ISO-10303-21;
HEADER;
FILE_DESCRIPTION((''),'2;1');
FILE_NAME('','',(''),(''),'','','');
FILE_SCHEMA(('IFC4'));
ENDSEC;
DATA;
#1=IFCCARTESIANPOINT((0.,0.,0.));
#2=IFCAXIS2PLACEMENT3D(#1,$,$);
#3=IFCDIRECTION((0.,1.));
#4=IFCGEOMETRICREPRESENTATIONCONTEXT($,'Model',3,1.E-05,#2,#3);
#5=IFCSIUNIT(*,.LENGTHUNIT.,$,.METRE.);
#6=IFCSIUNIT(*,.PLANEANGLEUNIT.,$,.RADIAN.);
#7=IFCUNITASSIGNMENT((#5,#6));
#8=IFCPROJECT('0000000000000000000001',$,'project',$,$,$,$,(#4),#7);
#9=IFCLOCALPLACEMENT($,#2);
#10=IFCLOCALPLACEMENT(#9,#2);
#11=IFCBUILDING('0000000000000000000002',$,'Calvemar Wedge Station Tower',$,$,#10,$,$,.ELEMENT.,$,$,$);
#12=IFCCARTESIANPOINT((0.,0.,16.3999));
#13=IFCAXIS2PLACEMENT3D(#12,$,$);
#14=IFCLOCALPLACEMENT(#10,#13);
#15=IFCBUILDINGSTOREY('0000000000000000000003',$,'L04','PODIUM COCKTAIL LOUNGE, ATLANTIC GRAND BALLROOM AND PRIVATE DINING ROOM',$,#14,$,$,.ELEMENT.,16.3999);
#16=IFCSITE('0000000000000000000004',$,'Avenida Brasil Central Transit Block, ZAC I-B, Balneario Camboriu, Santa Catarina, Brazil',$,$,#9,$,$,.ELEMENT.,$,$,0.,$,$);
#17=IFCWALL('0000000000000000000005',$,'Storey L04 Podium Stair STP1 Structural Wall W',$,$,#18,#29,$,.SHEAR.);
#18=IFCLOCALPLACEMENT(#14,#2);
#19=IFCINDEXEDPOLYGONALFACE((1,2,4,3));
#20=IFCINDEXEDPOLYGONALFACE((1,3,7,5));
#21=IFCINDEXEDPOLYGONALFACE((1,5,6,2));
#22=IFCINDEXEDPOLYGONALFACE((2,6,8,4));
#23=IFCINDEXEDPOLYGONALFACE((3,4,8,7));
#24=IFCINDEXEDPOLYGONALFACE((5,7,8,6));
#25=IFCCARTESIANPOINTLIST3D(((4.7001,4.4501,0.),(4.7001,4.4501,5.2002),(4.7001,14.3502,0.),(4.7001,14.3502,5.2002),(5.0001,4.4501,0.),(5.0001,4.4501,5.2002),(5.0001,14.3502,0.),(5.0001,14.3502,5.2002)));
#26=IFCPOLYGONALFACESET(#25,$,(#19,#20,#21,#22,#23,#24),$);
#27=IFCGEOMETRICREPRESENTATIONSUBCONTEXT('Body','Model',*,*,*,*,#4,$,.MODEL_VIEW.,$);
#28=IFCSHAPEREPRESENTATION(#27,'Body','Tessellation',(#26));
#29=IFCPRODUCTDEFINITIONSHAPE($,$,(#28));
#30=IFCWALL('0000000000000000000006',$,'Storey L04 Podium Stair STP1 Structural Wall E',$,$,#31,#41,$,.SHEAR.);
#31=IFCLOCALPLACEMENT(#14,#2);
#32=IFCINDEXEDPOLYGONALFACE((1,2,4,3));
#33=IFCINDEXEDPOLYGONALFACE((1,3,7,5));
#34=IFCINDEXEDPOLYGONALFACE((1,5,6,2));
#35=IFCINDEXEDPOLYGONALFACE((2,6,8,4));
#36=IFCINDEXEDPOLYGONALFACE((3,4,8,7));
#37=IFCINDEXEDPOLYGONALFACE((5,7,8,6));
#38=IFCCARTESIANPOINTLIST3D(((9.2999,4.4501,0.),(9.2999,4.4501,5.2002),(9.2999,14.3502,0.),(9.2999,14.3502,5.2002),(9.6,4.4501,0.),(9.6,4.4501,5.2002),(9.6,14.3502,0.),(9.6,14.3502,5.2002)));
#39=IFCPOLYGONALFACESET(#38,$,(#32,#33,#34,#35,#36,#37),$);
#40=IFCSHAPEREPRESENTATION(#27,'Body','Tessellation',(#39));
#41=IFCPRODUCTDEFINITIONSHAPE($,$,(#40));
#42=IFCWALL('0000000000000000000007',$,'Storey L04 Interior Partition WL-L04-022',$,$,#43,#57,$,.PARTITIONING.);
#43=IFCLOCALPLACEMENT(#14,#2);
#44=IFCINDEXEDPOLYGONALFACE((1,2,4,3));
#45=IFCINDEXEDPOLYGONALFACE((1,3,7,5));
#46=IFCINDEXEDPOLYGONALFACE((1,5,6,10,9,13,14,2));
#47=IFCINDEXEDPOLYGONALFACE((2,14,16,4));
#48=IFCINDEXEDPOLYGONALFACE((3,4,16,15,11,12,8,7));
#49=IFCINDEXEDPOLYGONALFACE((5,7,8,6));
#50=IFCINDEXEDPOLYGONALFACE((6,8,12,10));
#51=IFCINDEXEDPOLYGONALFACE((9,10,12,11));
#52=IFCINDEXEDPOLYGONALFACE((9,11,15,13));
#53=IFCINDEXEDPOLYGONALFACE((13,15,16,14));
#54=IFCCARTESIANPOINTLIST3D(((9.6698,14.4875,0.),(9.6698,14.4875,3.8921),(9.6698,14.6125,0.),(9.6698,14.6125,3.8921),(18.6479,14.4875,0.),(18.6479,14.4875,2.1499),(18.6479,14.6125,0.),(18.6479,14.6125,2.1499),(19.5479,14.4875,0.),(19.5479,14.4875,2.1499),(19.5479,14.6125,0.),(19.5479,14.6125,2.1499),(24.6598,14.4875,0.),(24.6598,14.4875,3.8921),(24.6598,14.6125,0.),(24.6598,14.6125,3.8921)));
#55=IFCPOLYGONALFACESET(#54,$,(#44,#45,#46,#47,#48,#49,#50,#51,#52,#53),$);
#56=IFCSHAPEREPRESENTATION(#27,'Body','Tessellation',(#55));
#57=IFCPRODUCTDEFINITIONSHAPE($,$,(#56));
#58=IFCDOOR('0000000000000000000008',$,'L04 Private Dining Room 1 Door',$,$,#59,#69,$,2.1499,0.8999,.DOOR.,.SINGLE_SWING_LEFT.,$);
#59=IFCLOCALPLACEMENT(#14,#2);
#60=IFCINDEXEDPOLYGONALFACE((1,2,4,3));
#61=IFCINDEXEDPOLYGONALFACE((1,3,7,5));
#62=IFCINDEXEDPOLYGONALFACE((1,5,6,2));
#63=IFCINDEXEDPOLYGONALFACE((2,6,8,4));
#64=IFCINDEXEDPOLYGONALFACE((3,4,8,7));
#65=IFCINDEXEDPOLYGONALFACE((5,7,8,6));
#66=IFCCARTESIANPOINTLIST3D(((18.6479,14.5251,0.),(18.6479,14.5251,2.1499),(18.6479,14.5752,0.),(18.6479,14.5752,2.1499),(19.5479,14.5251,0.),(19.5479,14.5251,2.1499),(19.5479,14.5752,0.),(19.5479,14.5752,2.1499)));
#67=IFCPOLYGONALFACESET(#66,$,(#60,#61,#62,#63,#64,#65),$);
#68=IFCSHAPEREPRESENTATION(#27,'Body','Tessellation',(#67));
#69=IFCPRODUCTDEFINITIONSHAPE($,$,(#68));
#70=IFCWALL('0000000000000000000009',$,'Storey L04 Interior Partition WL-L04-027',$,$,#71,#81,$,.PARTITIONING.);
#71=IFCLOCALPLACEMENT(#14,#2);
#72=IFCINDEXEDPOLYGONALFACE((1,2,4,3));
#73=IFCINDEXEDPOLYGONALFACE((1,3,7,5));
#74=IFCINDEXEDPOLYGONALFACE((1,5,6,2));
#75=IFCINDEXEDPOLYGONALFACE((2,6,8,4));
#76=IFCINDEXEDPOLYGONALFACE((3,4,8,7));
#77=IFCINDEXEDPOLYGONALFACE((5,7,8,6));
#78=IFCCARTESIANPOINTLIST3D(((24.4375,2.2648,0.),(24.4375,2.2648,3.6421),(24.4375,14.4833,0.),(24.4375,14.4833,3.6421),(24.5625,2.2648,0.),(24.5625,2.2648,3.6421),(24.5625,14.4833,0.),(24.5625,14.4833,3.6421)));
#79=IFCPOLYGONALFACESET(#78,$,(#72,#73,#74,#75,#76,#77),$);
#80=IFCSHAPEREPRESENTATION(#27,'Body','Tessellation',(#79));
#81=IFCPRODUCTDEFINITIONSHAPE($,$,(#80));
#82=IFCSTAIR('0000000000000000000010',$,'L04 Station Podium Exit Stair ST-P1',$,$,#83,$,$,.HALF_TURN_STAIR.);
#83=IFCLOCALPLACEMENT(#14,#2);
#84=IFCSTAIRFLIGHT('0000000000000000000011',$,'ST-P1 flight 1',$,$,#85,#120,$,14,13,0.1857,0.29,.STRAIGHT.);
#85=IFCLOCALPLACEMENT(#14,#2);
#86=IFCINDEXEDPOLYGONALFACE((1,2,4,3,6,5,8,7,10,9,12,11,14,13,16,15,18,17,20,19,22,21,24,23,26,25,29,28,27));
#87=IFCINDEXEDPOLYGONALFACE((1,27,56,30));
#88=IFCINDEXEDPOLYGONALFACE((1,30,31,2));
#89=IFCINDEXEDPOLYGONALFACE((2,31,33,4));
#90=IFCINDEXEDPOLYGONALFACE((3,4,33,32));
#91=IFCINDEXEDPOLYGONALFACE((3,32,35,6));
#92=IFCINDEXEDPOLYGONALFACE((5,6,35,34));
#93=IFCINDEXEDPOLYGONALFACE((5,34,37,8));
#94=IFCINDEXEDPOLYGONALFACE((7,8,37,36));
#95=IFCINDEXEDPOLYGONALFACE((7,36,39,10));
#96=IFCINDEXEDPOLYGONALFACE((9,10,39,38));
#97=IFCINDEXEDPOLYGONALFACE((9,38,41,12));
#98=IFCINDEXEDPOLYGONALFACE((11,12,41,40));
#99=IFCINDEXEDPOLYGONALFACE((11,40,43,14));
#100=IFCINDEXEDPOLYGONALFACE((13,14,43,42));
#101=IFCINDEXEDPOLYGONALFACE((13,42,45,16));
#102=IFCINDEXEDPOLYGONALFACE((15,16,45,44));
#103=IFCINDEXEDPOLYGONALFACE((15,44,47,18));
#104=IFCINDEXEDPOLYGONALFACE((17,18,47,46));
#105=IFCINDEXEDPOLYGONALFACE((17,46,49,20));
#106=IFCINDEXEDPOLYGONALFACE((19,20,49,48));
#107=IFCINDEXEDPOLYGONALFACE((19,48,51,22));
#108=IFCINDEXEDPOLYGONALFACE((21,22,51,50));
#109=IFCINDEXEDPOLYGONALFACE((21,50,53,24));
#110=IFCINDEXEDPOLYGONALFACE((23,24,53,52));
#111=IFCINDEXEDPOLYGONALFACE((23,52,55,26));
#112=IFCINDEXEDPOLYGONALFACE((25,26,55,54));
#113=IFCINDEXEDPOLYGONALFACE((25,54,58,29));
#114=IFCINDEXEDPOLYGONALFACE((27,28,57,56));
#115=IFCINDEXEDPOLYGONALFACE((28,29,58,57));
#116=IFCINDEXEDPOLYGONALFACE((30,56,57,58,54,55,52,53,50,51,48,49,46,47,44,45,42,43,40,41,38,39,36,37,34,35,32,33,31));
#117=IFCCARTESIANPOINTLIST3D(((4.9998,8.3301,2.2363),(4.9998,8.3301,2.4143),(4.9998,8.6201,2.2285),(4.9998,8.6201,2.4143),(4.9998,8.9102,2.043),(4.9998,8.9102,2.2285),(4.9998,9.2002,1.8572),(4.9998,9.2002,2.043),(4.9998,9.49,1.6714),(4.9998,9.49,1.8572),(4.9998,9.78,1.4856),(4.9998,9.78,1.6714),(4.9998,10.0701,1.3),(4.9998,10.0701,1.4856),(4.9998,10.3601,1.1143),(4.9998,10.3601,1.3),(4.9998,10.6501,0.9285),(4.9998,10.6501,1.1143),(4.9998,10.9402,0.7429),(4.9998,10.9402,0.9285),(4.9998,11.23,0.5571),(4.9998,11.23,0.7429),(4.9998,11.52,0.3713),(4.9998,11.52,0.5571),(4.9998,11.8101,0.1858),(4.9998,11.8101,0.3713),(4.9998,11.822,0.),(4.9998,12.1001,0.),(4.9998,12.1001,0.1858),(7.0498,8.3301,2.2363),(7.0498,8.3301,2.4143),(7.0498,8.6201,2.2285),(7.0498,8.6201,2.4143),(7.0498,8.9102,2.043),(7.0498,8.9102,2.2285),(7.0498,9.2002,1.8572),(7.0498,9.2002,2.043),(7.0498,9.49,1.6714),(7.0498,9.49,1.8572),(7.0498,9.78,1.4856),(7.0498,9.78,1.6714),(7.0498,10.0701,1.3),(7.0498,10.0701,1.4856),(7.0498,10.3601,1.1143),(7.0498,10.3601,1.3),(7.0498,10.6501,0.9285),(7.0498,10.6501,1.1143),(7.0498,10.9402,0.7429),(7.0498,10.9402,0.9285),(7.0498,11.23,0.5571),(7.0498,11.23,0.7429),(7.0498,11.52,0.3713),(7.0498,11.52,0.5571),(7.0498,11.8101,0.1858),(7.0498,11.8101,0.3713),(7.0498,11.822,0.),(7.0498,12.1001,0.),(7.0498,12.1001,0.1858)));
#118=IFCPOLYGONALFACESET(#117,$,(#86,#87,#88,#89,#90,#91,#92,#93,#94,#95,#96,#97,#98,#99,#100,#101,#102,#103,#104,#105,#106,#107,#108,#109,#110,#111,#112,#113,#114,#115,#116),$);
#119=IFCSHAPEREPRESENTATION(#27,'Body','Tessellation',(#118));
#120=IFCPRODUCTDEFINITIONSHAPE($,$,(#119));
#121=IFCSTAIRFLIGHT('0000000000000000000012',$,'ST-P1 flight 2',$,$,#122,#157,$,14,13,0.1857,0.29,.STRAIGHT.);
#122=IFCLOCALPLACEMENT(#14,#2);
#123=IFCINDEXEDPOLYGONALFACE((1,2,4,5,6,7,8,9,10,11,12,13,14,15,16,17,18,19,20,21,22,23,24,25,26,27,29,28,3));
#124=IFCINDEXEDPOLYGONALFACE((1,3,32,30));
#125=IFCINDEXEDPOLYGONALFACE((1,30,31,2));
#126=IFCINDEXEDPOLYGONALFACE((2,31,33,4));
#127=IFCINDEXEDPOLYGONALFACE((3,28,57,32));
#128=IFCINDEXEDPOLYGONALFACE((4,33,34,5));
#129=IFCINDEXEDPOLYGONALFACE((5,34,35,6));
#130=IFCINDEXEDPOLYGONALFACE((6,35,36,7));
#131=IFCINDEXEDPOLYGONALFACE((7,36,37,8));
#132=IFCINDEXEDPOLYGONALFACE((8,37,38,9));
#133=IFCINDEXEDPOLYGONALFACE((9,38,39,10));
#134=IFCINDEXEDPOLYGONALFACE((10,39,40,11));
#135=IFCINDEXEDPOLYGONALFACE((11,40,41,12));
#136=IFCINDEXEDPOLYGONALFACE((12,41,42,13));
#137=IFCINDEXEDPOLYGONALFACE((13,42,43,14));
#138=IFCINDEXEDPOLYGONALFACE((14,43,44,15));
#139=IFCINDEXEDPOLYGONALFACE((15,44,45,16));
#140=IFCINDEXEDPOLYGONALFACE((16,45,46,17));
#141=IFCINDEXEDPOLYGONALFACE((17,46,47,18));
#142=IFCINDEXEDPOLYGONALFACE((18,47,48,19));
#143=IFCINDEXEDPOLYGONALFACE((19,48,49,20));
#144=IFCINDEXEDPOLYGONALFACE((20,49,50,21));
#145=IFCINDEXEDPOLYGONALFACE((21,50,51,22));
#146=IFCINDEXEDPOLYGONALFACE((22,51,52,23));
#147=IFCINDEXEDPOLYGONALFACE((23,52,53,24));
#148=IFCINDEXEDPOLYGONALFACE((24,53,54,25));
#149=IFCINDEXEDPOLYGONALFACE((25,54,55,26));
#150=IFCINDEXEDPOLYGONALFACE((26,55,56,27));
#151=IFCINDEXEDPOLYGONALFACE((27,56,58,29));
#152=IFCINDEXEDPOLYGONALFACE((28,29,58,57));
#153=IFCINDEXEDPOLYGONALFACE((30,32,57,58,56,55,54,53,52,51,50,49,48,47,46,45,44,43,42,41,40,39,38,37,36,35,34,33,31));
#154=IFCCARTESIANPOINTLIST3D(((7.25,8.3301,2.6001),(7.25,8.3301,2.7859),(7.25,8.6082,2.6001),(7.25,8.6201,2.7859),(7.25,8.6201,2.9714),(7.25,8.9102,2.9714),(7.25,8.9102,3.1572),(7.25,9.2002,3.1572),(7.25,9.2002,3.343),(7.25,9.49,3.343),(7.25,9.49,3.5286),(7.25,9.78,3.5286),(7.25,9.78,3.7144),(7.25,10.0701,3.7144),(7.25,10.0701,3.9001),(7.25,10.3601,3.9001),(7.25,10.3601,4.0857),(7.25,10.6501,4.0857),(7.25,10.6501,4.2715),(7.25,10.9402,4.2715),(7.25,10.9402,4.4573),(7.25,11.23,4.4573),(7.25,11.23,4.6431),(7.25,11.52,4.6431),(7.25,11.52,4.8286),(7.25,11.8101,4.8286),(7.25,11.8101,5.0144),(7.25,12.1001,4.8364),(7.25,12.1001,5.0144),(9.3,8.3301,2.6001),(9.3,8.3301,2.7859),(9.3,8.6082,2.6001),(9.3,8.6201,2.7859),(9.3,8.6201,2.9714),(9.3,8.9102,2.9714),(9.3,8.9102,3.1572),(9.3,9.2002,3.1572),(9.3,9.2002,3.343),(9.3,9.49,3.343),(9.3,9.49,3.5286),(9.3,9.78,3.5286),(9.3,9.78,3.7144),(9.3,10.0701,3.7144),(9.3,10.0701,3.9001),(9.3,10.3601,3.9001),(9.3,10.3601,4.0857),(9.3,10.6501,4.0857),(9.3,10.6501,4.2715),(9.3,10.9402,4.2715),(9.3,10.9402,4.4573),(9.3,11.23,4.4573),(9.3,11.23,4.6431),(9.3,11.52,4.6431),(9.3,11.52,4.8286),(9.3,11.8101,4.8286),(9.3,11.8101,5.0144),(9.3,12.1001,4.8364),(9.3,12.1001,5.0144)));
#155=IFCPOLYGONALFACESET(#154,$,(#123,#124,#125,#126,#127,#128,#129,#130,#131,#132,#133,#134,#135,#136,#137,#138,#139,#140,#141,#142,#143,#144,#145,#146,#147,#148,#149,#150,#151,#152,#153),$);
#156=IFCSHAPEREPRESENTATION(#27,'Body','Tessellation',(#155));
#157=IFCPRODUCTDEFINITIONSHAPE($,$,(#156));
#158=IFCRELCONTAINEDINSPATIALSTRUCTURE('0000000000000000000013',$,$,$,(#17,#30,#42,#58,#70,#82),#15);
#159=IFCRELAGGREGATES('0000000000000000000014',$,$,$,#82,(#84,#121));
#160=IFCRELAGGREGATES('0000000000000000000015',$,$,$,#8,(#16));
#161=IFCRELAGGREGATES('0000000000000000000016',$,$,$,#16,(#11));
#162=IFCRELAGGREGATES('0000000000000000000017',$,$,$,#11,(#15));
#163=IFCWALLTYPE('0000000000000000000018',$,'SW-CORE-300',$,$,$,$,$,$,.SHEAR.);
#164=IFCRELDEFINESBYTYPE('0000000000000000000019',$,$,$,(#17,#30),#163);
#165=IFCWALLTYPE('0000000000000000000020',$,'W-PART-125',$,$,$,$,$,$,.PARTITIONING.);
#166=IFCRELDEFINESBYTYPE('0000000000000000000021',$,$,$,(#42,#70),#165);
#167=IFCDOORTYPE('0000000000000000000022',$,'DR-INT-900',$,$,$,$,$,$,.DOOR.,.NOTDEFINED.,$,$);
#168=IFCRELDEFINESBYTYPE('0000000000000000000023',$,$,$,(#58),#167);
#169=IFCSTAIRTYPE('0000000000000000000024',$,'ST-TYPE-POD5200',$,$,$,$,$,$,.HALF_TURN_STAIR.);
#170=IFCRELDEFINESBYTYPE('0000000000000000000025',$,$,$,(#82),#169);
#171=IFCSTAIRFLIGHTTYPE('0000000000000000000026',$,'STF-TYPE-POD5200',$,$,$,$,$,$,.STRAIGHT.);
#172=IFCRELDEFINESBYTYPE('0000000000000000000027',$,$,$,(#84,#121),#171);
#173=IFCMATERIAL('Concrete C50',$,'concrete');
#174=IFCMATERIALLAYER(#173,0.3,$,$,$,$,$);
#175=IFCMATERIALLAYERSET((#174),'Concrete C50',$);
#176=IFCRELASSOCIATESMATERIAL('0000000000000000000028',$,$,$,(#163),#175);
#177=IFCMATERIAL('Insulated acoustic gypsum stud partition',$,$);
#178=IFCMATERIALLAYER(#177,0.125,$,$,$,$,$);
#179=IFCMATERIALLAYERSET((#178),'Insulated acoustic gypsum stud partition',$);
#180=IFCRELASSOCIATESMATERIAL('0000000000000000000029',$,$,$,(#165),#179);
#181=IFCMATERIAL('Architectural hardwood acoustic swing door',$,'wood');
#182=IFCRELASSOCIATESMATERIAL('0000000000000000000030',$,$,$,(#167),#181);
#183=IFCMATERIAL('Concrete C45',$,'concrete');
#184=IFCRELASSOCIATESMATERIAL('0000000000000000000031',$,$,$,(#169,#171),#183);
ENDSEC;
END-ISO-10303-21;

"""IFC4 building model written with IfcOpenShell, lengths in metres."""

from ifc_helpers import new_model, si_unit, direction, frame, frame_2d, origin, place, context, subcontext, project, spatial, polyline, rectangle, outline, extrude, source, transform, mapped, material, layer, layer_set, type_object, element, fill, aggregate, save


model = new_model("IFC4")

# Units and contexts
model_context = context("Model", 3, precision=1e-05, world=origin(), true_north=direction((0.0, 1.0)))
body_context = subcontext(model_context, "Body", "Model", "MODEL_VIEW")
ifc_project = project(units=[si_unit("LENGTHUNIT", "METRE"), si_unit("PLANEANGLEUNIT", "RADIAN")], contexts=[model_context])

# Site, building, storey
site_placement = place(None, origin())
site = spatial("IfcSite", under=ifc_project, at=site_placement, Name="Avenida Brasil Central Transit Block, ZAC I-B, Balneario Camboriu, Santa Catarina, Brazil", CompositionType="ELEMENT", RefElevation=0.0)
building_placement = place(site_placement, origin())
building = spatial("IfcBuilding", under=site, at=building_placement, Name="Calvemar Wedge Station Tower", CompositionType="ELEMENT")
storey_placement = place(building_placement, frame((0.0, 0.0, 16.3999)))
storey = spatial("IfcBuildingStorey", under=building, at=storey_placement, Name="L04", Description="PODIUM COCKTAIL LOUNGE, ATLANTIC GRAND BALLROOM AND PRIVATE DINING ROOM", CompositionType="ELEMENT", Elevation=16.3999)

# Shared definitions
ifc_material_1 = material(Name="Concrete C50", Category="concrete")

# Walls
ifc_layer_1 = layer(ifc_material_1, 0.3)
ifc_layer_set_1 = layer_set([ifc_layer_1], Name="Concrete C50")
wall_type_1 = type_object("IfcWallType", Name="SW-CORE-300", PredefinedType="SHEAR", material=ifc_layer_set_1)
for number, where, z_axis, x_axis, name in (
    (1, (4.8501, 4.45, 0.0), (0.0, 0.0, 1.0), (0.0, 1.0, 0.0), "Storey L04 Podium Stair STP1 Structural Wall W"),
    (2, (9.45, 4.45, 0.0), (0.0, 0.0, 1.0), (0.0, 1.0, 0.0), "Storey L04 Podium Stair STP1 Structural Wall E"),
):
    element("IfcWall", number, at=place(storey_placement, frame(where, z_axis=z_axis, x_axis=x_axis)), inside=storey, type_object=wall_type_1, Name=name, PredefinedType="SHEAR", context=body_context, shape_type="SweptSolid", body=[
        extrude(rectangle(XDim=9.9001, YDim=0.3, at=frame_2d((4.9502, 0.0))), origin(), (0.0, 0.0, 1.0), 5.2002),
    ])

# Wall, opening, door
ifc_material_2 = material(Name="Insulated acoustic gypsum stud partition")
ifc_layer_2 = layer(ifc_material_2, 0.125)
ifc_layer_set_2 = layer_set([ifc_layer_2], Name="Insulated acoustic gypsum stud partition")
wall_type_2 = type_object("IfcWallType", Name="W-PART-125", PredefinedType="PARTITIONING", material=ifc_layer_set_2)
wall_1_placement = place(storey_placement, frame((24.6599, 14.55, 0.0), z_axis=(0.0, 0.0, 1.0), x_axis=(-1.0, 0.0, 0.0)))
wall_1 = element("IfcWall", 3, at=wall_1_placement, inside=storey, type_object=wall_type_2, Name="Storey L04 Interior Partition WL-L04-022", PredefinedType="PARTITIONING", context=body_context, shape_type="SweptSolid", body=[
    extrude(rectangle(XDim=14.99, YDim=0.125, at=frame_2d((7.4951, 0.0))), origin(), (0.0, 0.0, 1.0), 3.8921),
])
shared_shape_1 = source(origin(), body_context, "Body", "SweptSolid", [
    extrude(rectangle(XDim=0.8999, YDim=2.1499, at=frame_2d((0.45, 1.075))), frame((0.0, 0.0725, 0.0), z_axis=(0.0, -1.0, 0.0), x_axis=(1.0, 0.0, 0.0)), (0.0, 0.0, 1.0), 0.145),
])
opening_placement = place(wall_1_placement, frame((5.1121, 0.0, 0.0)))
opening = element("IfcOpeningElement", 4, at=opening_placement, cuts=wall_1, PredefinedType="OPENING", context=body_context, shape_type="MappedRepresentation", body=[
    mapped(shared_shape_1, transform((0.0, 0.0, 0.0), scale=1.0)),
])
ifc_material_3 = material(Name="Architectural hardwood acoustic swing door", Category="wood")
door_type = type_object("IfcDoorType", Name="DR-INT-900", OperationType="NOTDEFINED", PredefinedType="DOOR", material=ifc_material_3)
shared_shape_2 = source(origin(), body_context, "Body", "SweptSolid", [
    extrude(rectangle(XDim=0.8999, YDim=2.1499, at=frame_2d((0.45, 1.075))), frame((0.0, 0.0249, 0.0), z_axis=(0.0, -1.0, 0.0), x_axis=(1.0, 0.0, 0.0)), (0.0, 0.0, 1.0), 0.05),
])
door_placement = place(opening_placement, origin())
door = element("IfcDoor", 5, at=door_placement, inside=storey, type_object=door_type, Name="L04 Private Dining Room 1 Door", OperationType="SINGLE_SWING_LEFT", OverallHeight=2.1499, OverallWidth=0.8999, PredefinedType="DOOR", context=body_context, shape_type="MappedRepresentation", body=[
    mapped(shared_shape_2, transform((0.0, 0.0, 0.0), scale=1.0)),
])
fill(opening, door)

# Wall
wall_2_placement = place(storey_placement, frame((24.5, 14.4834, 0.0), z_axis=(0.0, 0.0, 1.0), x_axis=(0.0, -1.0, 0.0)))
element("IfcWall", 6, at=wall_2_placement, inside=storey, type_object=wall_type_2, Name="Storey L04 Interior Partition WL-L04-027", PredefinedType="PARTITIONING", context=body_context, shape_type="SweptSolid", body=[
    extrude(rectangle(XDim=12.2185, YDim=0.125, at=frame_2d((6.1094, 0.0))), origin(), (0.0, 0.0, 1.0), 3.6421),
])

# Stair, stair flights
ifc_material_4 = material(Name="Concrete C45", Category="concrete")
stair_type = type_object("IfcStairType", Name="ST-TYPE-POD5200", PredefinedType="HALF_TURN_STAIR", material=ifc_material_4)
stair_placement = place(storey_placement, origin())
stair = element("IfcStair", 7, at=stair_placement, inside=storey, type_object=stair_type, Name="L04 Station Podium Exit Stair ST-P1", PredefinedType="HALF_TURN_STAIR")
stair_flight_type = type_object("IfcStairFlightType", Name="STF-TYPE-POD5200", PredefinedType="STRAIGHT", material=ifc_material_4)
stair_flight_1_placement = place(storey_placement, frame((6.0249, 12.1001, 0.0), z_axis=(0.0, 0.0, 1.0), x_axis=(0.0, -1.0, 0.0)))
stair_flight_1 = element("IfcStairFlight", 8, at=stair_flight_1_placement, type_object=stair_flight_type, Name="ST-P1 flight 1", NumberOfRisers=14, NumberOfTreads=13, PredefinedType="STRAIGHT", RiserHeight=0.1857, TreadLength=0.29, context=body_context, shape_type="SweptSolid", body=[
    extrude(outline(polyline([(0.0, 0.0), (0.0, 0.1858), (0.29, 0.1858), (0.29, 0.3713), (0.5801, 0.3713), (0.5801, 0.5571), (0.8701, 0.5571), (0.8701, 0.7429), (1.1599, 0.7429), (1.1599, 0.9285), (1.45, 0.9285), (1.45, 1.1143), (1.74, 1.1143), (1.74, 1.3), (2.03, 1.3), (2.03, 1.4856), (2.3201, 1.4856), (2.3201, 1.6714), (2.6101, 1.6714), (2.6101, 1.8572), (2.8999, 1.8572), (2.8999, 2.043), (3.1899, 2.043), (3.1899, 2.2285), (3.48, 2.2285), (3.48, 2.4143), (3.77, 2.4143), (3.77, 2.6001), (3.77, 2.2363), (0.2781, 0.0), (0.0, 0.0)])), frame((0.0, 1.0249, 0.0), z_axis=(0.0, -1.0, 0.0), x_axis=(1.0, 0.0, 0.0)), (0.0, 0.0, 1.0), 2.05),
])
stair_flight_2_placement = place(storey_placement, frame((8.2749, 8.3301, 2.6001), z_axis=(0.0, 0.0, 1.0), x_axis=(0.0, 1.0, 0.0)))
stair_flight_2 = element("IfcStairFlight", 9, at=stair_flight_2_placement, type_object=stair_flight_type, Name="ST-P1 flight 2", NumberOfRisers=14, NumberOfTreads=13, PredefinedType="STRAIGHT", RiserHeight=0.1857, TreadLength=0.29, context=body_context, shape_type="SweptSolid", body=[
    extrude(outline(polyline([(0.0, 0.0), (0.0, 0.1858), (0.29, 0.1858), (0.29, 0.3713), (0.5801, 0.3713), (0.5801, 0.5571), (0.8701, 0.5571), (0.8701, 0.7429), (1.1599, 0.7429), (1.1599, 0.9285), (1.45, 0.9285), (1.45, 1.1143), (1.74, 1.1143), (1.74, 1.3), (2.03, 1.3), (2.03, 1.4856), (2.3201, 1.4856), (2.3201, 1.6714), (2.6101, 1.6714), (2.6101, 1.8572), (2.8999, 1.8572), (2.8999, 2.043), (3.1899, 2.043), (3.1899, 2.2285), (3.48, 2.2285), (3.48, 2.4143), (3.77, 2.4143), (3.77, 2.6001), (3.77, 2.2363), (0.2781, 0.0), (0.0, 0.0)])), frame((0.0, 1.0249, 0.0), z_axis=(0.0, -1.0, 0.0), x_axis=(1.0, 0.0, 0.0)), (0.0, 0.0, 1.0), 2.05),
])
aggregate(stair, [stair_flight_1, stair_flight_2])

save(model, "model.ifc")
